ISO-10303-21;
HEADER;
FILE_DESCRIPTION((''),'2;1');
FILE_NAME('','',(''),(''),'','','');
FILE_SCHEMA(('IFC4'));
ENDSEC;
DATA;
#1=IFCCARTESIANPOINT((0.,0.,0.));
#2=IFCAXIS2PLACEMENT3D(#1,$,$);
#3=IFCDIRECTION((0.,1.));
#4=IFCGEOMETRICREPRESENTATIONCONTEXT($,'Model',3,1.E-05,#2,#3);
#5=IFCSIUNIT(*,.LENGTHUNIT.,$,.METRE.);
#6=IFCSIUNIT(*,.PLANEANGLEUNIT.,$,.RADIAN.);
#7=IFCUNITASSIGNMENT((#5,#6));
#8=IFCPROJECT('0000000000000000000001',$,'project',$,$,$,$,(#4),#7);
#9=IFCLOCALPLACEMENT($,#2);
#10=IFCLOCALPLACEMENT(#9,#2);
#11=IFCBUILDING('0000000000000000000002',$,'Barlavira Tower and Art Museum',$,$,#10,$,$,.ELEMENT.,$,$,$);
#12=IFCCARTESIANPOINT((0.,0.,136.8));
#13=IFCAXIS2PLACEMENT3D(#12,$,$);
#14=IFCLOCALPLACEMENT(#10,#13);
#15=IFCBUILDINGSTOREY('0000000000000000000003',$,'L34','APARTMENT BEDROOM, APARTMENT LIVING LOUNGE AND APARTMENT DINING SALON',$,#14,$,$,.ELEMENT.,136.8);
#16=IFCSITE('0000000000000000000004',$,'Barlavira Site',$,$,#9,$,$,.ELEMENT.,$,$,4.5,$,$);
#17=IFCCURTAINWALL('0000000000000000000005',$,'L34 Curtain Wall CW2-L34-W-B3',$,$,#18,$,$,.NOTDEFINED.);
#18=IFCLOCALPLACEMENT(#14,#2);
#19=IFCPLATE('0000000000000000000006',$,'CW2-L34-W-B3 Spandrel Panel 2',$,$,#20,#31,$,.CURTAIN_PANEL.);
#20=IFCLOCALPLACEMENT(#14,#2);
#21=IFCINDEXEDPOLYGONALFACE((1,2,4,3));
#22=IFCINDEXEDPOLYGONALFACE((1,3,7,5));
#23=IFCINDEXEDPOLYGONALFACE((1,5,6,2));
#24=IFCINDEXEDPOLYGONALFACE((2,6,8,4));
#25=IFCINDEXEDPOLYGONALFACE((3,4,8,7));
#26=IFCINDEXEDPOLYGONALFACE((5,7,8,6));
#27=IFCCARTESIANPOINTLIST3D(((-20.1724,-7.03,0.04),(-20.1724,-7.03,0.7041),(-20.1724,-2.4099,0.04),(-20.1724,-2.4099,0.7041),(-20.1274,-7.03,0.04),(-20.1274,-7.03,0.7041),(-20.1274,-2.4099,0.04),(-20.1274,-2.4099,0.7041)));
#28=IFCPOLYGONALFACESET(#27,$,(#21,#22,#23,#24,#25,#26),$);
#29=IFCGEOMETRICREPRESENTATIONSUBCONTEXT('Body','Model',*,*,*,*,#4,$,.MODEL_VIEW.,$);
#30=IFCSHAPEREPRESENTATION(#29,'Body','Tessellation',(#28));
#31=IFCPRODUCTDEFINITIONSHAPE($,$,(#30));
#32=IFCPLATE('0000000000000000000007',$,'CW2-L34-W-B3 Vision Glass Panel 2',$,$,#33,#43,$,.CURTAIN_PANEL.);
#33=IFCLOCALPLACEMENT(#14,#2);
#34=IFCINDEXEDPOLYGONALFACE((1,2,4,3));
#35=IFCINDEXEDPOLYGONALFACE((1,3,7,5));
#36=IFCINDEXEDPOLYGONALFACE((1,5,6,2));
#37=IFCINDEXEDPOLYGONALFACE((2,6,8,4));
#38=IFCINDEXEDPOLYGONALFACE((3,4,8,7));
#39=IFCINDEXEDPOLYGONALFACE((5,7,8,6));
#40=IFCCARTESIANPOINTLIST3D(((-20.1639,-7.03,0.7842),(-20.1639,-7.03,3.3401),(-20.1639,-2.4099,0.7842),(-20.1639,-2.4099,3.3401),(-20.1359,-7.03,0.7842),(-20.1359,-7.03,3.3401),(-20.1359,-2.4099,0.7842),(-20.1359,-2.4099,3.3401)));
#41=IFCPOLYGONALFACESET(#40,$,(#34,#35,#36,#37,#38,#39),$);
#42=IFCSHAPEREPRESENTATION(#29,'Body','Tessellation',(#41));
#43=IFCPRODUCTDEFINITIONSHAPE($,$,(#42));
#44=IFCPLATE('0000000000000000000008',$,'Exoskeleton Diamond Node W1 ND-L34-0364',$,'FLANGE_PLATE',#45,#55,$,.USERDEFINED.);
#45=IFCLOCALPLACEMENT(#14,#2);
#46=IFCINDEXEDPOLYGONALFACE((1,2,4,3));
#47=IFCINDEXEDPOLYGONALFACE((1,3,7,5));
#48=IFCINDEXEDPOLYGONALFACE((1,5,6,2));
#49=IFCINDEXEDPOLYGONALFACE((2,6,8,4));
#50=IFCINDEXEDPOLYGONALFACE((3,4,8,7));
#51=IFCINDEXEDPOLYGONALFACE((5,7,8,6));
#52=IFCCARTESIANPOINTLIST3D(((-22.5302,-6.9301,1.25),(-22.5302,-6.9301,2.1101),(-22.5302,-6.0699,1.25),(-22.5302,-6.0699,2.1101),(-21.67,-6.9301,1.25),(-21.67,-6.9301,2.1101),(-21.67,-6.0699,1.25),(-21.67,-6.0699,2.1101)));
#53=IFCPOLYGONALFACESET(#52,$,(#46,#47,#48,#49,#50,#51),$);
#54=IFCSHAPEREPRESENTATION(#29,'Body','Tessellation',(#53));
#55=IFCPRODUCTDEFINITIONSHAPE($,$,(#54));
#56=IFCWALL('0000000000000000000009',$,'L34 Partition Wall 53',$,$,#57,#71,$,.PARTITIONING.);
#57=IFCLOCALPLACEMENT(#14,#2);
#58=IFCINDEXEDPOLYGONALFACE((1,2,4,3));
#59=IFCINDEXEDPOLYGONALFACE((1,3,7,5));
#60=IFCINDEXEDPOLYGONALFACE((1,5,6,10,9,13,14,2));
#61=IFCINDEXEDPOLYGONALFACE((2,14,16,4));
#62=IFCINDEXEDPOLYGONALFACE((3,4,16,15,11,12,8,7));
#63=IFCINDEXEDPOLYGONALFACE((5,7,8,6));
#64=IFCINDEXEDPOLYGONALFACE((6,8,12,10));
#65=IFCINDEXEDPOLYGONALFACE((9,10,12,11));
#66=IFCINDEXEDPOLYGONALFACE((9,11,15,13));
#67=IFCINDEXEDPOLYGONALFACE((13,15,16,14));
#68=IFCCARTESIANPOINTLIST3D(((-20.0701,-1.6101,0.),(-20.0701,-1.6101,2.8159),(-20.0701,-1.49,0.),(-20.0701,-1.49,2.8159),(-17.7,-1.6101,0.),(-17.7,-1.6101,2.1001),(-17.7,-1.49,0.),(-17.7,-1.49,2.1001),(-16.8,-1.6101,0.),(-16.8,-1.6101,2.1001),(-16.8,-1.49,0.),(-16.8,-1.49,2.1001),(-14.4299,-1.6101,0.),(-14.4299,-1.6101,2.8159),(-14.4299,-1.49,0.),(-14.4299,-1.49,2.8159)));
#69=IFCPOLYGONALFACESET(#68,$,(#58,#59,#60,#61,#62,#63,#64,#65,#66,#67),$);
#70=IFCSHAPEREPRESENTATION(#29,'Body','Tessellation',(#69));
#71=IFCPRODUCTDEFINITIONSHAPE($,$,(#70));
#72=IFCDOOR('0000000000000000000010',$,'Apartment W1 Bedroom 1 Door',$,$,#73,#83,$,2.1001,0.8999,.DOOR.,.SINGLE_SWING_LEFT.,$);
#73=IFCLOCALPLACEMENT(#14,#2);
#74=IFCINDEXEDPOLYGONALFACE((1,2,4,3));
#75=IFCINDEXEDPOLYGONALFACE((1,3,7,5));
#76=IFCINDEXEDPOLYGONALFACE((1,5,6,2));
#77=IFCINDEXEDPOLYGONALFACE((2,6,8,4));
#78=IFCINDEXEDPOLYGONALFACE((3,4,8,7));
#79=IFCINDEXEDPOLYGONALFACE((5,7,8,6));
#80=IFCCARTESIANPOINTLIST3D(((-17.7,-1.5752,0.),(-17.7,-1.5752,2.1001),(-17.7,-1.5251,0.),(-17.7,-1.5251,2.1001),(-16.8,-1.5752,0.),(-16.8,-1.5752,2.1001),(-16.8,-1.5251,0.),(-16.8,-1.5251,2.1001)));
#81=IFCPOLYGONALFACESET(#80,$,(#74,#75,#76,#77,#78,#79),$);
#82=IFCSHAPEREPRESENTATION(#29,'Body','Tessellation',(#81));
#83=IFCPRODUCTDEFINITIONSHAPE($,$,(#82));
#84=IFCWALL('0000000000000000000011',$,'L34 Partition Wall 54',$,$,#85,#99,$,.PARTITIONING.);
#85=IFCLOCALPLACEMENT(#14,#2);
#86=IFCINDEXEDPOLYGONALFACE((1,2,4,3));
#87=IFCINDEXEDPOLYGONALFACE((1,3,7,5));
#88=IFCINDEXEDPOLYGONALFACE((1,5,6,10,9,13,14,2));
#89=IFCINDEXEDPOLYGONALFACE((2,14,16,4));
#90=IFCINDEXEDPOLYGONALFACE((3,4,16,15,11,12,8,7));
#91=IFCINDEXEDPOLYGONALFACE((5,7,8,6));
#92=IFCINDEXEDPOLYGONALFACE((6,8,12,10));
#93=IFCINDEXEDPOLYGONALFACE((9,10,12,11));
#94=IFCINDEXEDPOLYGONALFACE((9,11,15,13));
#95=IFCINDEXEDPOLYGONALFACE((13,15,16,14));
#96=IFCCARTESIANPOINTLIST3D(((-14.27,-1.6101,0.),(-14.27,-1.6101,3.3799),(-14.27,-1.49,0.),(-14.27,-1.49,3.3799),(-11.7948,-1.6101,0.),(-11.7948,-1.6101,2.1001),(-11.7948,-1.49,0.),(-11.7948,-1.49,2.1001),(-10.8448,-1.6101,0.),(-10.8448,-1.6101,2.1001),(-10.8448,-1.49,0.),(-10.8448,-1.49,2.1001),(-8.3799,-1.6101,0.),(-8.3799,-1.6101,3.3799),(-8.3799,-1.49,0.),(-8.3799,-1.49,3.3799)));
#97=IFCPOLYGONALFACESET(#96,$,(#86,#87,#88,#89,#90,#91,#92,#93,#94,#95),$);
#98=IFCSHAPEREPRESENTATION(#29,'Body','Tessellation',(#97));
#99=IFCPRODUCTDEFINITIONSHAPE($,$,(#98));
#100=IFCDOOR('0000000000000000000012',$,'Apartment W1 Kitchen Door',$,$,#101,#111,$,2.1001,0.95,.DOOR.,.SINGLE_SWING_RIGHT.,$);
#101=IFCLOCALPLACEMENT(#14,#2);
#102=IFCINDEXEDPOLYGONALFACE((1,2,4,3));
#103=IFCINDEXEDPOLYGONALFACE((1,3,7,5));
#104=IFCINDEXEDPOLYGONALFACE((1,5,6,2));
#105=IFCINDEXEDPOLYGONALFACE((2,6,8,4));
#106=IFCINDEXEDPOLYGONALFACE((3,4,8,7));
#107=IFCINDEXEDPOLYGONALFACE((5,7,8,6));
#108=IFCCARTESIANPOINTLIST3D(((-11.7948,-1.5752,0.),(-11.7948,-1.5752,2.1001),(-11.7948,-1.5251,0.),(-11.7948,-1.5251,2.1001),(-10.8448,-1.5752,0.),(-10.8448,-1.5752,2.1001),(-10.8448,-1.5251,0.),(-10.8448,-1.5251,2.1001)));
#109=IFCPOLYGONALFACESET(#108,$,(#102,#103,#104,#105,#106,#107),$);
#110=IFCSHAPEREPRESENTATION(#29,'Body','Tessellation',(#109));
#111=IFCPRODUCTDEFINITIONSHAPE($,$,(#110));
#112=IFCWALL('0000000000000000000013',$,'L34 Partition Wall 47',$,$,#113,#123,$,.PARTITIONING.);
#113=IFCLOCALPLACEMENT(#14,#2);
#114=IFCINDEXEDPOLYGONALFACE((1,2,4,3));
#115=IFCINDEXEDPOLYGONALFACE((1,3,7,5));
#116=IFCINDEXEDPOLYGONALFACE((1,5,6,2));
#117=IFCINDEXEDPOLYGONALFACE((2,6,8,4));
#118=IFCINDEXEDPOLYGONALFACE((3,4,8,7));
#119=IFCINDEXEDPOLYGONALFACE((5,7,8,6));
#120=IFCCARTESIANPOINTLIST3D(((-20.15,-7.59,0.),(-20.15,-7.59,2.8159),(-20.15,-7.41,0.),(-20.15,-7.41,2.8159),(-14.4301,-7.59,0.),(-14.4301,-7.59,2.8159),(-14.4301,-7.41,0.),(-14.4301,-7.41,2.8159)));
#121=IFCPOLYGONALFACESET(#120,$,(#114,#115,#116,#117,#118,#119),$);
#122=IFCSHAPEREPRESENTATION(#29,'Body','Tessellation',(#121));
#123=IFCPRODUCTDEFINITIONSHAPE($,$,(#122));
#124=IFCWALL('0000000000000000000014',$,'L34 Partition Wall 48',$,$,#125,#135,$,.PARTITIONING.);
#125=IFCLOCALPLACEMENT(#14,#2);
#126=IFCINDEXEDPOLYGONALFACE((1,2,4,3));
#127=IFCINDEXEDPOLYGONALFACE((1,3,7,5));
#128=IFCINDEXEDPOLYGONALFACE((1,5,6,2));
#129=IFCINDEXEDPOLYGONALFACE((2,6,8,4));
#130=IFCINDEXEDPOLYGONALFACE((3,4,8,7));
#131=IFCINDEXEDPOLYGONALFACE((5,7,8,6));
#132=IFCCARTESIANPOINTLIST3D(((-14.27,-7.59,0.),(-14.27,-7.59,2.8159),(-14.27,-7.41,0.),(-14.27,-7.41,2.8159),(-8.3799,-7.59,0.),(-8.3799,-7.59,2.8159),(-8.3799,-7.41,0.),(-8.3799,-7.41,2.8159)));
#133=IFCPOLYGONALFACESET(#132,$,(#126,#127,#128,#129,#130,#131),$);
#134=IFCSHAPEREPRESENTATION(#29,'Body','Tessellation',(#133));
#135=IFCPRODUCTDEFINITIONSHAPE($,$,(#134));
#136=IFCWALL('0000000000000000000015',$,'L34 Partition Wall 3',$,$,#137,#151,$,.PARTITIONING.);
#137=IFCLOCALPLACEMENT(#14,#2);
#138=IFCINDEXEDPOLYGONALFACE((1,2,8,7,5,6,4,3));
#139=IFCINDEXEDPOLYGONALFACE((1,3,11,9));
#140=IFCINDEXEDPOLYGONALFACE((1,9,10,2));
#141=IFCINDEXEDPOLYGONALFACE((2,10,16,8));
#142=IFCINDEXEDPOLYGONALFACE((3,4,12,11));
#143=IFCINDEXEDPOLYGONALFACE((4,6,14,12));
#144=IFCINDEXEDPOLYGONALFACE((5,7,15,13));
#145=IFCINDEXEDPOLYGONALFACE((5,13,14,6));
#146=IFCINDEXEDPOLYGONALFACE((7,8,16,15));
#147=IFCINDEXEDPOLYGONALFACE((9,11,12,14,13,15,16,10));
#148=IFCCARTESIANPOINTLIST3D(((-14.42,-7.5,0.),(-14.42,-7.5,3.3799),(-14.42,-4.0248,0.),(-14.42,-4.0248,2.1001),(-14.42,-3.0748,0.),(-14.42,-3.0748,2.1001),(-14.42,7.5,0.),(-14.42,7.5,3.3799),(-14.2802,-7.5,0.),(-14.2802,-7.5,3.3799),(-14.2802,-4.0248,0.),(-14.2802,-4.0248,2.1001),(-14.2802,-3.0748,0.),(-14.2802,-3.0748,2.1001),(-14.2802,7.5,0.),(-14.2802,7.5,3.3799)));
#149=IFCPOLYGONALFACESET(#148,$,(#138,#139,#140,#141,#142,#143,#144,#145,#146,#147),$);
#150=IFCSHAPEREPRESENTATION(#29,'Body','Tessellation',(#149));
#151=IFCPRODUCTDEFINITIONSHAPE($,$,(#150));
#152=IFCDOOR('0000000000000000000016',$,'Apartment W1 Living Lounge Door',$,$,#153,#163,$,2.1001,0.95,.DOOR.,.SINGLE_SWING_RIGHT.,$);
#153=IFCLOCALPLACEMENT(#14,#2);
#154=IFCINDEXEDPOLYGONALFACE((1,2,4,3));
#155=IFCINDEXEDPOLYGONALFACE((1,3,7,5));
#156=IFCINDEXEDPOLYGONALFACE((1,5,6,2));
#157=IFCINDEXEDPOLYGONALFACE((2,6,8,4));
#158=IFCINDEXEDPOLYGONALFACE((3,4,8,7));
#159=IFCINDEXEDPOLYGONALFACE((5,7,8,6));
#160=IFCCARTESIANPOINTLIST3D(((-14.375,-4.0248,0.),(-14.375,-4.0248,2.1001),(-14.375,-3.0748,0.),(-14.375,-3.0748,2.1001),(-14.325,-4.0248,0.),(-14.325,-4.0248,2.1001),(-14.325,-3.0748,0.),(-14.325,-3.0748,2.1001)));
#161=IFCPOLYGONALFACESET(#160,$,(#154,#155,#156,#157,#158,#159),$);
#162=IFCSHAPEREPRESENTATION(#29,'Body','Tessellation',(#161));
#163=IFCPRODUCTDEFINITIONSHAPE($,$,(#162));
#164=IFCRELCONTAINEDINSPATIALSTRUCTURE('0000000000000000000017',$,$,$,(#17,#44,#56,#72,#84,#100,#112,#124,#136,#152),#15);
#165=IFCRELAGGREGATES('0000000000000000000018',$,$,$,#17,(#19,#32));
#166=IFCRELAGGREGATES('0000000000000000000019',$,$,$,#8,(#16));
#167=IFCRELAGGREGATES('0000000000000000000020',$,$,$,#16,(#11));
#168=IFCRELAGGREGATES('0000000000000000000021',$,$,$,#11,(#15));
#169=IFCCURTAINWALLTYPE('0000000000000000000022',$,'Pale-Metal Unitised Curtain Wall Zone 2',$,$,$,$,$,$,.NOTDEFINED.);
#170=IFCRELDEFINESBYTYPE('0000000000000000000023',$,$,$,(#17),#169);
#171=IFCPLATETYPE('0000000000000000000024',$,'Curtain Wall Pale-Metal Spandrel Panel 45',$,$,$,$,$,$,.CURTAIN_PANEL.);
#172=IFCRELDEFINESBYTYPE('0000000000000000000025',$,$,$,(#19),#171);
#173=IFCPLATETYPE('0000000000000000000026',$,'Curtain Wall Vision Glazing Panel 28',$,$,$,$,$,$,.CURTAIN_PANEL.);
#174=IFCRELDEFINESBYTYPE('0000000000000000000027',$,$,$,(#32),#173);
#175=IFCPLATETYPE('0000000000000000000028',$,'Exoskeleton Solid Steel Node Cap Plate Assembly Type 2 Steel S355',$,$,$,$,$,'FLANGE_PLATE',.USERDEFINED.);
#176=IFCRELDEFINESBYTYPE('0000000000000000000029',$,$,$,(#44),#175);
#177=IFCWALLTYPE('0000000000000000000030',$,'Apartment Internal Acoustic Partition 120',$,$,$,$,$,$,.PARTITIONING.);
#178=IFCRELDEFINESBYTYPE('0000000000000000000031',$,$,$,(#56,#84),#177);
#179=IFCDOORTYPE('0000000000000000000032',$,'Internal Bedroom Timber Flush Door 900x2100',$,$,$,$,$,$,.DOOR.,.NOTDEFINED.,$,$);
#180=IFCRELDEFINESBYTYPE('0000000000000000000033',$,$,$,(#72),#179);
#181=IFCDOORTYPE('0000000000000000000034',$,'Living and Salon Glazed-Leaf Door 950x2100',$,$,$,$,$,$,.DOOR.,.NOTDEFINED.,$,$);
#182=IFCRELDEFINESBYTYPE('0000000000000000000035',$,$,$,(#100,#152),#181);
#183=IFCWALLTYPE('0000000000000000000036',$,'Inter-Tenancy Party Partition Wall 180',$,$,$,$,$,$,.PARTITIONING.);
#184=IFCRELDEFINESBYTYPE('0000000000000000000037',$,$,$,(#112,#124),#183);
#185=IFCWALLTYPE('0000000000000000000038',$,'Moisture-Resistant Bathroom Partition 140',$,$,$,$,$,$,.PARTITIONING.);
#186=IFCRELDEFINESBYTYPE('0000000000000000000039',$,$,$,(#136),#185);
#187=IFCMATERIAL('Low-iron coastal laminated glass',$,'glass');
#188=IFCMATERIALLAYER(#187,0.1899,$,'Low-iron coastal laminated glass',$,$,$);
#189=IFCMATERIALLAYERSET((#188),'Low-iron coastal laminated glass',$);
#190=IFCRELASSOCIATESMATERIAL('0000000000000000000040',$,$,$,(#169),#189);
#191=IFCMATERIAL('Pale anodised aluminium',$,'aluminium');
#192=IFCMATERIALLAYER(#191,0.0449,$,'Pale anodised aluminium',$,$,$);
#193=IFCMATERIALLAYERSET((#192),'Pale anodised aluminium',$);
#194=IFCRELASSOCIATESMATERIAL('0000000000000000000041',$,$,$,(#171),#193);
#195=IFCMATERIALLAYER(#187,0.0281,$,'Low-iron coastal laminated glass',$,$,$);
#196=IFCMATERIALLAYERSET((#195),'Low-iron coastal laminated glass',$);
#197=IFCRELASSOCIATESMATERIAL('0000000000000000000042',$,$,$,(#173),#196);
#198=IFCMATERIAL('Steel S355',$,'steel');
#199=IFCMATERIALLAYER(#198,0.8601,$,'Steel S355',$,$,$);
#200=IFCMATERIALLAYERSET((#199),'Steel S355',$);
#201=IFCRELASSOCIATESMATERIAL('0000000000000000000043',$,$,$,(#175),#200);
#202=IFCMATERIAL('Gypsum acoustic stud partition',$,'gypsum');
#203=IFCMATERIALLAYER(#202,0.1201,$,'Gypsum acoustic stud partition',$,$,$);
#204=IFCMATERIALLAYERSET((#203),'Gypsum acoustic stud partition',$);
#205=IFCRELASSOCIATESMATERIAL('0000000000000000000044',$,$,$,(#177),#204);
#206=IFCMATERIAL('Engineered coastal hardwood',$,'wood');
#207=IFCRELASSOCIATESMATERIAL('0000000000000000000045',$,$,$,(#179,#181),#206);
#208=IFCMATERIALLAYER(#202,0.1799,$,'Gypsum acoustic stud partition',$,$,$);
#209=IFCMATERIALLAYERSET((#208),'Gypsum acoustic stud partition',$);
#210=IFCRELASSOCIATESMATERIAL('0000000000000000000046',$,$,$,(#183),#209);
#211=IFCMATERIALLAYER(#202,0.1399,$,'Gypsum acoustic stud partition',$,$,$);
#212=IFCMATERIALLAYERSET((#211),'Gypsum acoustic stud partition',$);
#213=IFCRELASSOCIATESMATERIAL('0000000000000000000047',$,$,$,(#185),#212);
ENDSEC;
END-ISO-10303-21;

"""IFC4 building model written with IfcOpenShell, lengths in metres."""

from ifc_helpers import new_model, si_unit, direction, frame, frame_2d, origin, origin_2d, place, context, subcontext, project, spatial, rectangle, extrude, material, layer, layer_set, type_object, element, fill, aggregate, save


model = new_model("IFC4")

# Units and contexts
model_context = context("Model", 3, precision=1e-05, world=origin(), true_north=direction((0.0, 1.0)))
body_context = subcontext(model_context, "Body", "Model", "MODEL_VIEW")
ifc_project = project(units=[si_unit("LENGTHUNIT", "METRE"), si_unit("PLANEANGLEUNIT", "RADIAN")], contexts=[model_context])

# Site, building, storey
site_placement = place(None, origin())
site = spatial("IfcSite", under=ifc_project, at=site_placement, Name="Barlavira Site", CompositionType="ELEMENT", RefElevation=4.5)
building_placement = place(site_placement, origin())
building = spatial("IfcBuilding", under=site, at=building_placement, Name="Barlavira Tower and Art Museum", CompositionType="ELEMENT")
storey_placement = place(building_placement, frame((0.0, 0.0, 136.8)))
storey = spatial("IfcBuildingStorey", under=building, at=storey_placement, Name="L34", Description="APARTMENT BEDROOM, APARTMENT LIVING LOUNGE AND APARTMENT DINING SALON", CompositionType="ELEMENT", Elevation=136.8)

# Curtain wall
ifc_material_1 = material(Name="Low-iron coastal laminated glass", Category="glass")
ifc_layer_1 = layer(ifc_material_1, 0.1899, Name="Low-iron coastal laminated glass")
ifc_layer_set_1 = layer_set([ifc_layer_1], Name="Low-iron coastal laminated glass")
curtain_wall_type = type_object("IfcCurtainWallType", Name="Pale-Metal Unitised Curtain Wall Zone 2", PredefinedType="NOTDEFINED", material=ifc_layer_set_1)
curtain_wall_placement = place(storey_placement, origin())
curtain_wall = element("IfcCurtainWall", 1, at=curtain_wall_placement, inside=storey, type_object=curtain_wall_type, Name="L34 Curtain Wall CW2-L34-W-B3", PredefinedType="NOTDEFINED")
ifc_material_2 = material(Name="Pale anodised aluminium", Category="aluminium")

# Shared definitions
ifc_material_3 = material(Name="Steel S355", Category="steel")

# Plates
ifc_layer_2 = layer(ifc_material_2, 0.0449, Name="Pale anodised aluminium")
ifc_layer_set_2 = layer_set([ifc_layer_2], Name="Pale anodised aluminium")
plate_type_1 = type_object("IfcPlateType", Name="Curtain Wall Pale-Metal Spandrel Panel 45", PredefinedType="CURTAIN_PANEL", material=ifc_layer_set_2)
plate_1_placement = place(storey_placement, frame((-20.1499, -4.72, 0.04), z_axis=(0.0, 0.0, 1.0), x_axis=(0.0, -1.0, 0.0)))
plate_1 = element("IfcPlate", 2, at=plate_1_placement, type_object=plate_type_1, Name="CW2-L34-W-B3 Spandrel Panel 2", PredefinedType="CURTAIN_PANEL", context=body_context, shape_type="SweptSolid", body=[
    extrude(rectangle(XDim=4.6201, YDim=0.0449, at=origin_2d()), origin(), (0.0, 0.0, 1.0), 0.6641),
])
ifc_layer_3 = layer(ifc_material_1, 0.0281, Name="Low-iron coastal laminated glass")
ifc_layer_set_3 = layer_set([ifc_layer_3], Name="Low-iron coastal laminated glass")
plate_type_2 = type_object("IfcPlateType", Name="Curtain Wall Vision Glazing Panel 28", PredefinedType="CURTAIN_PANEL", material=ifc_layer_set_3)
plate_2_placement = place(storey_placement, frame((-20.1499, -4.72, 0.7842), z_axis=(0.0, 0.0, 1.0), x_axis=(0.0, -1.0, 0.0)))
plate_2 = element("IfcPlate", 3, at=plate_2_placement, type_object=plate_type_2, Name="CW2-L34-W-B3 Vision Glass Panel 2", PredefinedType="CURTAIN_PANEL", context=body_context, shape_type="SweptSolid", body=[
    extrude(rectangle(XDim=4.6201, YDim=0.0281, at=origin_2d()), origin(), (0.0, 0.0, 1.0), 2.5559),
])
aggregate(curtain_wall, [plate_1, plate_2])
ifc_layer_4 = layer(ifc_material_3, 0.8601, Name="Steel S355")
ifc_layer_set_4 = layer_set([ifc_layer_4], Name="Steel S355")
plate_type_3 = type_object("IfcPlateType", Name="Exoskeleton Solid Steel Node Cap Plate Assembly Type 2 Steel S355", ElementType="FLANGE_PLATE", PredefinedType="USERDEFINED", material=ifc_layer_set_4)
plate_3_placement = place(storey_placement, frame((-22.1001, -6.5, 1.25), z_axis=(0.0, 0.0, 1.0), x_axis=(1.0, 0.0, 0.0)))
element("IfcPlate", 4, at=plate_3_placement, inside=storey, type_object=plate_type_3, Name="Exoskeleton Diamond Node W1 ND-L34-0364", ObjectType="FLANGE_PLATE", PredefinedType="USERDEFINED", context=body_context, shape_type="SweptSolid", body=[
    extrude(rectangle(XDim=0.8601, YDim=0.8601, at=origin_2d()), origin(), (0.0, 0.0, 1.0), 0.8601),
])

# Walls, openings, doors
ifc_material_4 = material(Name="Gypsum acoustic stud partition", Category="gypsum")
ifc_layer_5 = layer(ifc_material_4, 0.1201, Name="Gypsum acoustic stud partition")
ifc_layer_set_5 = layer_set([ifc_layer_5], Name="Gypsum acoustic stud partition")
wall_type_1 = type_object("IfcWallType", Name="Apartment Internal Acoustic Partition 120", PredefinedType="PARTITIONING", material=ifc_layer_set_5)
wall_1_placement = place(storey_placement, frame((-20.0701, -1.55, 0.0), z_axis=(0.0, 0.0, 1.0), x_axis=(1.0, 0.0, 0.0)))
wall_1 = element("IfcWall", 5, at=wall_1_placement, inside=storey, type_object=wall_type_1, Name="L34 Partition Wall 53", PredefinedType="PARTITIONING", context=body_context, shape_type="SweptSolid", body=[
    extrude(rectangle(XDim=5.6401, YDim=0.1201, at=frame_2d((2.8201, 0.0))), origin(), (0.0, 0.0, 1.0), 2.8159),
])
opening_1_placement = place(wall_1_placement, frame((2.3701, 0.0, 0.0)))
opening_1 = element("IfcOpeningElement", 6, at=opening_1_placement, cuts=wall_1, PredefinedType="OPENING", context=body_context, shape_type="SweptSolid", body=[
    extrude(rectangle(XDim=0.8999, YDim=2.1001, at=frame_2d((0.45, 1.05))), frame((0.0, 0.0701, 0.0), z_axis=(0.0, -1.0, 0.0), x_axis=(1.0, 0.0, 0.0)), (0.0, 0.0, 1.0), 0.1401),
])
ifc_material_5 = material(Name="Engineered coastal hardwood", Category="wood")
door_type_1 = type_object("IfcDoorType", Name="Internal Bedroom Timber Flush Door 900x2100", OperationType="NOTDEFINED", PredefinedType="DOOR", material=ifc_material_5)
door_1_placement = place(opening_1_placement, origin())
door_1 = element("IfcDoor", 7, at=door_1_placement, inside=storey, type_object=door_type_1, Name="Apartment W1 Bedroom 1 Door", OperationType="SINGLE_SWING_LEFT", OverallHeight=2.1001, OverallWidth=0.8999, PredefinedType="DOOR", context=body_context, shape_type="SweptSolid", body=[
    extrude(rectangle(XDim=0.8999, YDim=2.1001, at=frame_2d((0.45, 1.05))), frame((0.0, 0.0249, 0.0), z_axis=(0.0, -1.0, 0.0), x_axis=(1.0, 0.0, 0.0)), (0.0, 0.0, 1.0), 0.05),
])
fill(opening_1, door_1)
wall_2_placement = place(storey_placement, frame((-14.27, -1.55, 0.0), z_axis=(0.0, 0.0, 1.0), x_axis=(1.0, 0.0, 0.0)))
wall_2 = element("IfcWall", 8, at=wall_2_placement, inside=storey, type_object=wall_type_1, Name="L34 Partition Wall 54", PredefinedType="PARTITIONING", context=body_context, shape_type="SweptSolid", body=[
    extrude(rectangle(XDim=5.8901, YDim=0.1201, at=frame_2d((2.9451, 0.0))), origin(), (0.0, 0.0, 1.0), 3.3799),
])
opening_2_placement = place(wall_2_placement, frame((2.4751, 0.0, 0.0)))
opening_2 = element("IfcOpeningElement", 9, at=opening_2_placement, cuts=wall_2, PredefinedType="OPENING", context=body_context, shape_type="SweptSolid", body=[
    extrude(rectangle(XDim=0.95, YDim=2.1001, at=frame_2d((0.4751, 1.05))), frame((0.0, 0.0701, 0.0), z_axis=(0.0, -1.0, 0.0), x_axis=(1.0, 0.0, 0.0)), (0.0, 0.0, 1.0), 0.1401),
])
door_type_2 = type_object("IfcDoorType", Name="Living and Salon Glazed-Leaf Door 950x2100", OperationType="NOTDEFINED", PredefinedType="DOOR", material=ifc_material_5)
door_2_placement = place(opening_2_placement, origin())
door_2 = element("IfcDoor", 10, at=door_2_placement, inside=storey, type_object=door_type_2, Name="Apartment W1 Kitchen Door", OperationType="SINGLE_SWING_RIGHT", OverallHeight=2.1001, OverallWidth=0.95, PredefinedType="DOOR", context=body_context, shape_type="SweptSolid", body=[
    extrude(rectangle(XDim=0.95, YDim=2.1001, at=frame_2d((0.4751, 1.05))), frame((0.0, 0.0249, 0.0), z_axis=(0.0, -1.0, 0.0), x_axis=(1.0, 0.0, 0.0)), (0.0, 0.0, 1.0), 0.05),
])
fill(opening_2, door_2)
ifc_layer_6 = layer(ifc_material_4, 0.1799, Name="Gypsum acoustic stud partition")
ifc_layer_set_6 = layer_set([ifc_layer_6], Name="Gypsum acoustic stud partition")
wall_type_2 = type_object("IfcWallType", Name="Inter-Tenancy Party Partition Wall 180", PredefinedType="PARTITIONING", material=ifc_layer_set_6)

# Walls
wall_3_placement = place(storey_placement, frame((-20.1499, -7.5, 0.0), z_axis=(0.0, 0.0, 1.0), x_axis=(1.0, 0.0, 0.0)))
element("IfcWall", 11, at=wall_3_placement, inside=storey, type_object=wall_type_2, Name="L34 Partition Wall 47", PredefinedType="PARTITIONING", context=body_context, shape_type="SweptSolid", body=[
    extrude(rectangle(XDim=5.72, YDim=0.1799, at=frame_2d((2.8599, 0.0))), origin(), (0.0, 0.0, 1.0), 2.8159),
])
wall_4_placement = place(storey_placement, frame((-14.27, -7.5, 0.0), z_axis=(0.0, 0.0, 1.0), x_axis=(1.0, 0.0, 0.0)))
element("IfcWall", 12, at=wall_4_placement, inside=storey, type_object=wall_type_2, Name="L34 Partition Wall 48", PredefinedType="PARTITIONING", context=body_context, shape_type="SweptSolid", body=[
    extrude(rectangle(XDim=5.8901, YDim=0.1799, at=frame_2d((2.9451, 0.0))), origin(), (0.0, 0.0, 1.0), 2.8159),
])

# Wall, opening, door
ifc_layer_7 = layer(ifc_material_4, 0.1399, Name="Gypsum acoustic stud partition")
ifc_layer_set_7 = layer_set([ifc_layer_7], Name="Gypsum acoustic stud partition")
wall_type_3 = type_object("IfcWallType", Name="Moisture-Resistant Bathroom Partition 140", PredefinedType="PARTITIONING", material=ifc_layer_set_7)
wall_5_placement = place(storey_placement, frame((-14.3501, -7.5, 0.0), z_axis=(0.0, 0.0, 1.0), x_axis=(0.0, 1.0, 0.0)))
wall_5 = element("IfcWall", 13, at=wall_5_placement, inside=storey, type_object=wall_type_3, Name="L34 Partition Wall 3", PredefinedType="PARTITIONING", context=body_context, shape_type="SweptSolid", body=[
    extrude(rectangle(XDim=15.0, YDim=0.1399, at=frame_2d((7.5, 0.0))), origin(), (0.0, 0.0, 1.0), 3.3799),
])
opening_3_placement = place(wall_5_placement, frame((3.4751, 0.0, 0.0)))
opening_3 = element("IfcOpeningElement", 14, at=opening_3_placement, cuts=wall_5, PredefinedType="OPENING", context=body_context, shape_type="SweptSolid", body=[
    extrude(rectangle(XDim=0.95, YDim=2.1001, at=frame_2d((0.4751, 1.05))), frame((0.0, 0.0801, 0.0), z_axis=(0.0, -1.0, 0.0), x_axis=(1.0, 0.0, 0.0)), (0.0, 0.0, 1.0), 0.1599),
])
door_3_placement = place(opening_3_placement, origin())
door_3 = element("IfcDoor", 15, at=door_3_placement, inside=storey, type_object=door_type_2, Name="Apartment W1 Living Lounge Door", OperationType="SINGLE_SWING_RIGHT", OverallHeight=2.1001, OverallWidth=0.95, PredefinedType="DOOR", context=body_context, shape_type="SweptSolid", body=[
    extrude(rectangle(XDim=0.95, YDim=2.1001, at=frame_2d((0.4751, 1.05))), frame((0.0, 0.0249, 0.0), z_axis=(0.0, -1.0, 0.0), x_axis=(1.0, 0.0, 0.0)), (0.0, 0.0, 1.0), 0.05),
])
fill(opening_3, door_3)

save(model, "model.ifc")
